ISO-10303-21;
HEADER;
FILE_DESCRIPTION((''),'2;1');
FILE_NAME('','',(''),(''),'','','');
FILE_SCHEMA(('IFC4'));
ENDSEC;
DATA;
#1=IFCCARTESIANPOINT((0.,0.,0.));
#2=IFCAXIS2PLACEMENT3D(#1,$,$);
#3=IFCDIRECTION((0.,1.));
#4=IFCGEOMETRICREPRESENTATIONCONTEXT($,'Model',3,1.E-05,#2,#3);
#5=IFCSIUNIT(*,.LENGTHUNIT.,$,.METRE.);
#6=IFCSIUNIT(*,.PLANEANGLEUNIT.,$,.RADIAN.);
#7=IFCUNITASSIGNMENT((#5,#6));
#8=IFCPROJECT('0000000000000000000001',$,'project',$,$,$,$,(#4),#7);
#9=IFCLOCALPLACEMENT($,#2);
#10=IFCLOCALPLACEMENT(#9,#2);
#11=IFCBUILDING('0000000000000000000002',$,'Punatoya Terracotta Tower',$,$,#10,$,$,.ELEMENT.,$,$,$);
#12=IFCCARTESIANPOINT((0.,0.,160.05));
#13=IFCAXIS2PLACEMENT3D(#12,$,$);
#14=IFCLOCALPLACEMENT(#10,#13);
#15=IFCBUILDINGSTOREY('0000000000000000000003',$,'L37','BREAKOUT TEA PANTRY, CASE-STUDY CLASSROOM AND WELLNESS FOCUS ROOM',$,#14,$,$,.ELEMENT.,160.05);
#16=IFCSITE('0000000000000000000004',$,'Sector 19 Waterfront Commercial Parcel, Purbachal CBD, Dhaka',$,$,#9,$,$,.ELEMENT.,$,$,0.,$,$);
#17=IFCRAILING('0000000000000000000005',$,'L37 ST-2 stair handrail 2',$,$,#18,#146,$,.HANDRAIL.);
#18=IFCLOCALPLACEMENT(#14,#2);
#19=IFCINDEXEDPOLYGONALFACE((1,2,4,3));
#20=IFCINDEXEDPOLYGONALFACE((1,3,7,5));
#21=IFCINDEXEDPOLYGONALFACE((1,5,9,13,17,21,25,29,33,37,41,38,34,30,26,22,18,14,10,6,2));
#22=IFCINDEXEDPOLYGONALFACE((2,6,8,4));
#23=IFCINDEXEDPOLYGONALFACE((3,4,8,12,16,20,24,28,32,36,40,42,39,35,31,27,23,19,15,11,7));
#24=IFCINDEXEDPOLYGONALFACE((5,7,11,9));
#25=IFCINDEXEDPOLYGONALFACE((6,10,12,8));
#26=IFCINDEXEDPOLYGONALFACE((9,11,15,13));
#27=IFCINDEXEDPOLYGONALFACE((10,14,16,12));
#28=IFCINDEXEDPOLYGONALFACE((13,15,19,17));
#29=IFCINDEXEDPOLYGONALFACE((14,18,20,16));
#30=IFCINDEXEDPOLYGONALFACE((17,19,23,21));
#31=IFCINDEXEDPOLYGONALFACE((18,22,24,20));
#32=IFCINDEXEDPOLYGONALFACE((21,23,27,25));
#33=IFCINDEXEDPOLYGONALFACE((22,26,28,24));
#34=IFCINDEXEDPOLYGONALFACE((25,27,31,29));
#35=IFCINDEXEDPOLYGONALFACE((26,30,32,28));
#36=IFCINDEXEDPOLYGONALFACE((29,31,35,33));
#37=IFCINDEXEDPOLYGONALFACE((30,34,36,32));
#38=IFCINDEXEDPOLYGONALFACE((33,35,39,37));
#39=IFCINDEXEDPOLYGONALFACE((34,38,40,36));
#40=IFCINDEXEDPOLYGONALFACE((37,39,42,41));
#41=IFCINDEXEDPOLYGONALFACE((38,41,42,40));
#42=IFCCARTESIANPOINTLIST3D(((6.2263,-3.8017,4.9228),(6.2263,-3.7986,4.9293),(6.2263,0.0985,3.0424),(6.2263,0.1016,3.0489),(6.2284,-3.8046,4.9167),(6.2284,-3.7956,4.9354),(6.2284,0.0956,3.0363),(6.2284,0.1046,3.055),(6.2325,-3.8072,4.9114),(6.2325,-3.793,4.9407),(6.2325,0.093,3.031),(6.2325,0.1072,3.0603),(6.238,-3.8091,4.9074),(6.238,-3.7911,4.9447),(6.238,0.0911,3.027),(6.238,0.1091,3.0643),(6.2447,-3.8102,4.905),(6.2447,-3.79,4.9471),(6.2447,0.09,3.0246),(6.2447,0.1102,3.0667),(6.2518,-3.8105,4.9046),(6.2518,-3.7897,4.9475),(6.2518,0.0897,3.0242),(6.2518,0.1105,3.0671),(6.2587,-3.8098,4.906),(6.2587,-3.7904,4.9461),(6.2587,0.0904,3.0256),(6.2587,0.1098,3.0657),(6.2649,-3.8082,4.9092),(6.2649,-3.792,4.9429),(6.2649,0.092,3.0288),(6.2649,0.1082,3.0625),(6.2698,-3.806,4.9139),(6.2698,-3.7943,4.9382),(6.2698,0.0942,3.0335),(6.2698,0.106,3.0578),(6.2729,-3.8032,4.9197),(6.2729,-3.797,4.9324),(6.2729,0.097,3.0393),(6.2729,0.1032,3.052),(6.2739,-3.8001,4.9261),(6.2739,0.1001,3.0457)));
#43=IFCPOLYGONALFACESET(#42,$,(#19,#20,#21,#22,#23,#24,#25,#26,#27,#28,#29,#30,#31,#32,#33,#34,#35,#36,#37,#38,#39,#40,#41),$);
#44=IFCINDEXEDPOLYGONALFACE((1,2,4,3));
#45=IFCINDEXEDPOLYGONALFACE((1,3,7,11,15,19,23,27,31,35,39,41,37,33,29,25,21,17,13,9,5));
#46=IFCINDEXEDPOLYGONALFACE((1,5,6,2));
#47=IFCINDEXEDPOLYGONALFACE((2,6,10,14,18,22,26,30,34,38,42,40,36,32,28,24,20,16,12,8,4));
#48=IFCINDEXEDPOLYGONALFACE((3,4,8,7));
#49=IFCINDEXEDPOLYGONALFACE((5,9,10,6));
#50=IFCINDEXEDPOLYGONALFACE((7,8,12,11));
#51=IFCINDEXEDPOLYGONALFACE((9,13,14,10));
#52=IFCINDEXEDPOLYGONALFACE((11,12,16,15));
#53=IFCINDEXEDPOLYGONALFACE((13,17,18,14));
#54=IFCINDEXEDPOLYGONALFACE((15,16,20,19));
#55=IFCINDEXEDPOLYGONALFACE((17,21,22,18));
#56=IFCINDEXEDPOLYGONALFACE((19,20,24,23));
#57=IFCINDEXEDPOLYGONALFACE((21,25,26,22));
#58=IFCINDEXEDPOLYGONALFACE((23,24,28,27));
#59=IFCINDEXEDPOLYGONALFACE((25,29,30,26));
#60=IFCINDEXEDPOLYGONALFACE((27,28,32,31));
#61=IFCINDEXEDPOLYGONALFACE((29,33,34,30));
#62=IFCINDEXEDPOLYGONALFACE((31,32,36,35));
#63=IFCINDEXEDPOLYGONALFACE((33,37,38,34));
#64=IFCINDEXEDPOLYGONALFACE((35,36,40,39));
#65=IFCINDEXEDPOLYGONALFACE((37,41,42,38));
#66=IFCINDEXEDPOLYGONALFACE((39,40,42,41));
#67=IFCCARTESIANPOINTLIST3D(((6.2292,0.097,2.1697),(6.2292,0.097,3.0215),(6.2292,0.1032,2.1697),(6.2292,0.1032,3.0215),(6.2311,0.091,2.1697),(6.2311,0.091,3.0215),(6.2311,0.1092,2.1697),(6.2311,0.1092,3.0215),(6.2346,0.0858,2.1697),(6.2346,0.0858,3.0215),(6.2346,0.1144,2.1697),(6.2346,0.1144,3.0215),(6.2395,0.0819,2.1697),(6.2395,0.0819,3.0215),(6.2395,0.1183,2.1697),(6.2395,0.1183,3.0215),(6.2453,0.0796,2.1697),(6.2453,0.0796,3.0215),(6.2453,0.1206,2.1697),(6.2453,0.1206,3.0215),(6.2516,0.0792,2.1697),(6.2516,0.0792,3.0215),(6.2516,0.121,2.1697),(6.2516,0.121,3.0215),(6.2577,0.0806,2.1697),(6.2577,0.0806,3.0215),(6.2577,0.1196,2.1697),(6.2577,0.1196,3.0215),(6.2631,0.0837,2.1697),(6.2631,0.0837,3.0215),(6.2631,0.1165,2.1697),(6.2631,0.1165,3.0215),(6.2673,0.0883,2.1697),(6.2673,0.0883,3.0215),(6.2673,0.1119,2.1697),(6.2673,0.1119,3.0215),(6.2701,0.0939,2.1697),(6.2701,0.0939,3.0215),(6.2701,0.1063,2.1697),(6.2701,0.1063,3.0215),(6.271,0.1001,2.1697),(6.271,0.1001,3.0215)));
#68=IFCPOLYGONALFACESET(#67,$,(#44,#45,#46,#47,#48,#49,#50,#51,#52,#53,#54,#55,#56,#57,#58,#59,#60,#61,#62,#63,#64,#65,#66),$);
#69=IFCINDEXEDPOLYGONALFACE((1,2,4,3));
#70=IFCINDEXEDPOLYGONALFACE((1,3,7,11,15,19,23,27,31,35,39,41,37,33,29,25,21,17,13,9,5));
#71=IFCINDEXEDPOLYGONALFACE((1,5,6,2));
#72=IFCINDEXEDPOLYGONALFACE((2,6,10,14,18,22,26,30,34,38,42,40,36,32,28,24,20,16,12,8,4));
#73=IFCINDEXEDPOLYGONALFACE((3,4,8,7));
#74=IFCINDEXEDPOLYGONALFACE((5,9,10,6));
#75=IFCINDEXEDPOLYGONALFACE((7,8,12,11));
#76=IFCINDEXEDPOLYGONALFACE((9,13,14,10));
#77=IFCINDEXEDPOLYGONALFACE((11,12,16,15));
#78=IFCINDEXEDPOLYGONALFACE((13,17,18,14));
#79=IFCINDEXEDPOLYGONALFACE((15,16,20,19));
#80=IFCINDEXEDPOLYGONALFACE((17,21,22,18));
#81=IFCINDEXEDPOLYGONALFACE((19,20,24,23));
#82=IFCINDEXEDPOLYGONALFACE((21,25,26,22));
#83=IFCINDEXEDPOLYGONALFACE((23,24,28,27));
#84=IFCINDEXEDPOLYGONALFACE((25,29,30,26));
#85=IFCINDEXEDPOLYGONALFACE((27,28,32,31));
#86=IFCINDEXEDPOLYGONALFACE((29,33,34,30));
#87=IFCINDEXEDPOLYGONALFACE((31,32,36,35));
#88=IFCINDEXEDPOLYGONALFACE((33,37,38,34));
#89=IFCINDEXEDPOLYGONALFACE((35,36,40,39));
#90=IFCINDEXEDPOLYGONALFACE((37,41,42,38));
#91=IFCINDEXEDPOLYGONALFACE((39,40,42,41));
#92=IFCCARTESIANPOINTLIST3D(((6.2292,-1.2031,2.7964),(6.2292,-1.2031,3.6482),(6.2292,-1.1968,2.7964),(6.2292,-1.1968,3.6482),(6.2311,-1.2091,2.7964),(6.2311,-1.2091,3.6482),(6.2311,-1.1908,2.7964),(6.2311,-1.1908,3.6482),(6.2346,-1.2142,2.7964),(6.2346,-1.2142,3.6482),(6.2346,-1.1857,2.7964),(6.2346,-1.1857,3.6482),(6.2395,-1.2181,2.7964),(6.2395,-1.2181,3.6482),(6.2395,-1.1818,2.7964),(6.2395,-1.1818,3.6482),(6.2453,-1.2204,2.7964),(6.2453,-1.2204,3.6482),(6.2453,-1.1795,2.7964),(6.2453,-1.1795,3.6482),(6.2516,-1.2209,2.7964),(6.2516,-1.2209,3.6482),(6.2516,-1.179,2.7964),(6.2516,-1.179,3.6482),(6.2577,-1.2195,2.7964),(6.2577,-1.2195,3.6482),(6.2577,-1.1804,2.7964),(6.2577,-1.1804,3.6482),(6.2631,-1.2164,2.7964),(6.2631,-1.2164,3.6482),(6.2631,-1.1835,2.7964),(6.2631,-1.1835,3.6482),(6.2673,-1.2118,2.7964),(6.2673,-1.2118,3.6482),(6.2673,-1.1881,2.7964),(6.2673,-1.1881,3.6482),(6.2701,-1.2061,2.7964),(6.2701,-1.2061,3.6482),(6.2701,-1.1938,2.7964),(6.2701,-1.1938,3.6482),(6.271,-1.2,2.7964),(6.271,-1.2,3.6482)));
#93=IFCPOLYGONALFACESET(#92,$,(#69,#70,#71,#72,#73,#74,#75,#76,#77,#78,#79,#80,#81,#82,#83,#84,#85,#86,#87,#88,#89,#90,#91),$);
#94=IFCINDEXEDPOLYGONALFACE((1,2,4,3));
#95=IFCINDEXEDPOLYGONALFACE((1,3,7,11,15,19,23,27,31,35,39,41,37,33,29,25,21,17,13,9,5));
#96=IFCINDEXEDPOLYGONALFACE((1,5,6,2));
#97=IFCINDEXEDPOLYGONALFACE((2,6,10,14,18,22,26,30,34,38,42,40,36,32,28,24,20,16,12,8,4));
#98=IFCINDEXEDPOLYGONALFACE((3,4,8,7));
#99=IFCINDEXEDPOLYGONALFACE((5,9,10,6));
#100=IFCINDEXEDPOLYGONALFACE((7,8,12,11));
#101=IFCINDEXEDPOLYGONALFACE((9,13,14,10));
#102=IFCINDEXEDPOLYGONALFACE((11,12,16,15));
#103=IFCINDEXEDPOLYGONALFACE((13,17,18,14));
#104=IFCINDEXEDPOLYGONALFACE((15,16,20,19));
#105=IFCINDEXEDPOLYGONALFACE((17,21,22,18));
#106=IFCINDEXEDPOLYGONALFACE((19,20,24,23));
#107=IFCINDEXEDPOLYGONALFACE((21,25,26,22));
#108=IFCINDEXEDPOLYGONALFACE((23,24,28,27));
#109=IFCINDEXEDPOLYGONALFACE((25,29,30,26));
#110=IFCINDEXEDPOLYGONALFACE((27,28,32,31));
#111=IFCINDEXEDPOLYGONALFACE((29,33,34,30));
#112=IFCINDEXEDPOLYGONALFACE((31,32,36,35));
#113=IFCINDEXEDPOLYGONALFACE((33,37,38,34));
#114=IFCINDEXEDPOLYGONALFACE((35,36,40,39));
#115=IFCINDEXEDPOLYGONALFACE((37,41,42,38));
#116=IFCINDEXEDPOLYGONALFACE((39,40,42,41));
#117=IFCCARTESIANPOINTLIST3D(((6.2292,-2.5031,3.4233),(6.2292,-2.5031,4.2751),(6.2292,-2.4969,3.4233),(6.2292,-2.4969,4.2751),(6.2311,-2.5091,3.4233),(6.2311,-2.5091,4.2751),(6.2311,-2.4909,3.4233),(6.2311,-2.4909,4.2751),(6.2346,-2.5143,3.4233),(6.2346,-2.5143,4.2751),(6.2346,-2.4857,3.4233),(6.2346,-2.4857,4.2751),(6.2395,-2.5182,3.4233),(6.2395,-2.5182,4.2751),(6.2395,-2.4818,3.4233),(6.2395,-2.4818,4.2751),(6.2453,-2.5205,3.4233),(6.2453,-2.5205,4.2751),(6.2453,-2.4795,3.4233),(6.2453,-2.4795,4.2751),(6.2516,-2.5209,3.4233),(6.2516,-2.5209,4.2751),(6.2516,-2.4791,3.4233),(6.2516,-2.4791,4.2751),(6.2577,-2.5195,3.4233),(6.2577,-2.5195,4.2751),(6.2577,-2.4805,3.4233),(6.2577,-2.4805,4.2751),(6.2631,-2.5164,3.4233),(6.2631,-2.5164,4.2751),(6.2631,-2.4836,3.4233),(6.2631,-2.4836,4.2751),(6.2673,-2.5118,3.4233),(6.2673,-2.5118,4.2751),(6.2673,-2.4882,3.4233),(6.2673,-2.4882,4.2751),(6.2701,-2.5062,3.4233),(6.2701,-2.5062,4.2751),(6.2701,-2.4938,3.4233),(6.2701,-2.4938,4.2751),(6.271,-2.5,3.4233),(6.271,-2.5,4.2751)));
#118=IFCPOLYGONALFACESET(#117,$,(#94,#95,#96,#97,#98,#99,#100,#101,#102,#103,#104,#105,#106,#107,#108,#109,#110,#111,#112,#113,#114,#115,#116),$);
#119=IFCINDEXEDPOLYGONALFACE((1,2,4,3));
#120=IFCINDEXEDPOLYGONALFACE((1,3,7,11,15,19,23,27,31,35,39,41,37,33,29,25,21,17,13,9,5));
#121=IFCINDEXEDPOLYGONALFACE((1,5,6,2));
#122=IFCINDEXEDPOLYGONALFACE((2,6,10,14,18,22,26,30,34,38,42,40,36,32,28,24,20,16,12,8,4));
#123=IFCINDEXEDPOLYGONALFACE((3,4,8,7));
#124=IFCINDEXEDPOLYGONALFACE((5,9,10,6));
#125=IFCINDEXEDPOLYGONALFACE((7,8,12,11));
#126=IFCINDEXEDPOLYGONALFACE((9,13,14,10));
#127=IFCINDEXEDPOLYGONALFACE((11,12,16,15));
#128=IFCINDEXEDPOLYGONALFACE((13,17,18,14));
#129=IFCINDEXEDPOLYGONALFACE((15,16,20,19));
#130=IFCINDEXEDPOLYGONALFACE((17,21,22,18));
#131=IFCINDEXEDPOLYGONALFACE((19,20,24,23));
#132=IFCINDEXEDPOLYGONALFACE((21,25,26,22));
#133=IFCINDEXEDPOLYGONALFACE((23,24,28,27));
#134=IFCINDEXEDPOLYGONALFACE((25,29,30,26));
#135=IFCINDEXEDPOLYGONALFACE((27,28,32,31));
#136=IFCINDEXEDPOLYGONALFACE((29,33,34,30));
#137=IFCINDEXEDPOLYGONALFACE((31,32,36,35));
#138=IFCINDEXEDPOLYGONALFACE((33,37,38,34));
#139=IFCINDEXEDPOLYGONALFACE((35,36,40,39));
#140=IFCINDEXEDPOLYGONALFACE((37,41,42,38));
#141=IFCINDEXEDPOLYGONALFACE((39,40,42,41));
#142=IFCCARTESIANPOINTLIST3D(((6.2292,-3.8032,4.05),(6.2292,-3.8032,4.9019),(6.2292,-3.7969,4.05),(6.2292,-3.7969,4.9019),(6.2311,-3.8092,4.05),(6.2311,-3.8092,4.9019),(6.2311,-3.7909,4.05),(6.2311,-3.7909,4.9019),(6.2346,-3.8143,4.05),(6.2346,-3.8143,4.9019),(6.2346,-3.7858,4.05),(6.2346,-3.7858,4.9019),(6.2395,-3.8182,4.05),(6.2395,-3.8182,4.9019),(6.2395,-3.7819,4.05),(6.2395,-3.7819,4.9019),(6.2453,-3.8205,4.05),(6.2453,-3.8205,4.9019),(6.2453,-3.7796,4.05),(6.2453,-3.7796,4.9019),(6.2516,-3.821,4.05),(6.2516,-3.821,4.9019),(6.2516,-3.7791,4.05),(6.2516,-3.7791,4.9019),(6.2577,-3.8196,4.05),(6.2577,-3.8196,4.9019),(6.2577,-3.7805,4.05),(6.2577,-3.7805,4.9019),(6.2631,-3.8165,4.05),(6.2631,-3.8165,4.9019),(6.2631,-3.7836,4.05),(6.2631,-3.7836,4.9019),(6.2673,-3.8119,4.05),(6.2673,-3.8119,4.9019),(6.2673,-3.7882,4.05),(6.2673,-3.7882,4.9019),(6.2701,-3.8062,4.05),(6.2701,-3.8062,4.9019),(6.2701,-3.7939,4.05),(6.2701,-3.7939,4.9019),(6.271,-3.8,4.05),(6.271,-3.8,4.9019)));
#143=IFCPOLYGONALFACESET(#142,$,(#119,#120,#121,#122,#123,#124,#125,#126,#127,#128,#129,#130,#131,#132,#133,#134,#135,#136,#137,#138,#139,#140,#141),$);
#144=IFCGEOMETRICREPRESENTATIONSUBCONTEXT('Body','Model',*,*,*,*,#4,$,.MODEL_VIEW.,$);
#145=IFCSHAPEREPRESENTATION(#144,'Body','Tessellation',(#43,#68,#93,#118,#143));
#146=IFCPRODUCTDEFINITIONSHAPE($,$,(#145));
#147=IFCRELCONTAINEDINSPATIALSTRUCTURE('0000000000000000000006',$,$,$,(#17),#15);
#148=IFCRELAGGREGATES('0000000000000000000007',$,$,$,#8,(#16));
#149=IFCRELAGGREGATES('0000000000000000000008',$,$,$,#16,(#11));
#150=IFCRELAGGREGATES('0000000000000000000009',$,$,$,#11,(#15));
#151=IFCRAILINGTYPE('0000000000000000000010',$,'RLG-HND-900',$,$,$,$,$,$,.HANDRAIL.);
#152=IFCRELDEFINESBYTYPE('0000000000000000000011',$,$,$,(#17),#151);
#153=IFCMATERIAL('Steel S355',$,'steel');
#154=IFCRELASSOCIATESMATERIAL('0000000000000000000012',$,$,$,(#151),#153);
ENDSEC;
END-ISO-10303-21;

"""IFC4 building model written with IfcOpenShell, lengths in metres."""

from ifc_helpers import new_model, si_unit, direction, frame, origin, origin_2d, place, context, subcontext, project, spatial, circle, extrude, material, type_object, element, save


model = new_model("IFC4")

# Units and contexts
model_context = context("Model", 3, precision=1e-05, world=origin(), true_north=direction((0.0, 1.0)))
body_context = subcontext(model_context, "Body", "Model", "MODEL_VIEW")
ifc_project = project(units=[si_unit("LENGTHUNIT", "METRE"), si_unit("PLANEANGLEUNIT", "RADIAN")], contexts=[model_context])

# Site, building, storey
site_placement = place(None, origin())
site = spatial("IfcSite", under=ifc_project, at=site_placement, Name="Sector 19 Waterfront Commercial Parcel, Purbachal CBD, Dhaka", CompositionType="ELEMENT", RefElevation=0.0)
building_placement = place(site_placement, origin())
building = spatial("IfcBuilding", under=site, at=building_placement, Name="Punatoya Terracotta Tower", CompositionType="ELEMENT")
storey_placement = place(building_placement, frame((0.0, 0.0, 160.05)))
storey = spatial("IfcBuildingStorey", under=building, at=storey_placement, Name="L37", Description="BREAKOUT TEA PANTRY, CASE-STUDY CLASSROOM AND WELLNESS FOCUS ROOM", CompositionType="ELEMENT", Elevation=160.05)

# Shared definitions
ifc_material_1 = material(Name="Steel S355", Category="steel")

# Railing
railing_type_1 = type_object("IfcRailingType", Name="RLG-HND-900", PredefinedType="HANDRAIL", material=ifc_material_1)
railing_1_placement = place(storey_placement, frame((6.25, 0.1001, 2.1697)))
element("IfcRailing", 1, at=railing_1_placement, inside=storey, type_object=railing_type_1, Name="L37 ST-2 stair handrail 2", PredefinedType="HANDRAIL", context=body_context, shape_type="SweptSolid", body=[
    extrude(circle(Radius=0.0239, at=origin_2d()), frame((0.0, 0.0, 0.876), z_axis=(0.0, -0.900774, 0.434289), x_axis=(1.0, 0.0, 0.0)), (0.0, 0.0, 1.0), 4.3298),
    extrude(circle(Radius=0.021, at=origin_2d()), origin(), (0.0, 0.0, 1.0), 0.8518),
    extrude(circle(Radius=0.021, at=origin_2d()), frame((0.0, -1.3, 0.6267)), (0.0, 0.0, 1.0), 0.8518),
    extrude(circle(Radius=0.021, at=origin_2d()), frame((0.0, -2.6001, 1.2537)), (0.0, 0.0, 1.0), 0.8518),
    extrude(circle(Radius=0.021, at=origin_2d()), frame((0.0, -3.9001, 1.8804)), (0.0, 0.0, 1.0), 0.8518),
])

save(model, "model.ifc")
